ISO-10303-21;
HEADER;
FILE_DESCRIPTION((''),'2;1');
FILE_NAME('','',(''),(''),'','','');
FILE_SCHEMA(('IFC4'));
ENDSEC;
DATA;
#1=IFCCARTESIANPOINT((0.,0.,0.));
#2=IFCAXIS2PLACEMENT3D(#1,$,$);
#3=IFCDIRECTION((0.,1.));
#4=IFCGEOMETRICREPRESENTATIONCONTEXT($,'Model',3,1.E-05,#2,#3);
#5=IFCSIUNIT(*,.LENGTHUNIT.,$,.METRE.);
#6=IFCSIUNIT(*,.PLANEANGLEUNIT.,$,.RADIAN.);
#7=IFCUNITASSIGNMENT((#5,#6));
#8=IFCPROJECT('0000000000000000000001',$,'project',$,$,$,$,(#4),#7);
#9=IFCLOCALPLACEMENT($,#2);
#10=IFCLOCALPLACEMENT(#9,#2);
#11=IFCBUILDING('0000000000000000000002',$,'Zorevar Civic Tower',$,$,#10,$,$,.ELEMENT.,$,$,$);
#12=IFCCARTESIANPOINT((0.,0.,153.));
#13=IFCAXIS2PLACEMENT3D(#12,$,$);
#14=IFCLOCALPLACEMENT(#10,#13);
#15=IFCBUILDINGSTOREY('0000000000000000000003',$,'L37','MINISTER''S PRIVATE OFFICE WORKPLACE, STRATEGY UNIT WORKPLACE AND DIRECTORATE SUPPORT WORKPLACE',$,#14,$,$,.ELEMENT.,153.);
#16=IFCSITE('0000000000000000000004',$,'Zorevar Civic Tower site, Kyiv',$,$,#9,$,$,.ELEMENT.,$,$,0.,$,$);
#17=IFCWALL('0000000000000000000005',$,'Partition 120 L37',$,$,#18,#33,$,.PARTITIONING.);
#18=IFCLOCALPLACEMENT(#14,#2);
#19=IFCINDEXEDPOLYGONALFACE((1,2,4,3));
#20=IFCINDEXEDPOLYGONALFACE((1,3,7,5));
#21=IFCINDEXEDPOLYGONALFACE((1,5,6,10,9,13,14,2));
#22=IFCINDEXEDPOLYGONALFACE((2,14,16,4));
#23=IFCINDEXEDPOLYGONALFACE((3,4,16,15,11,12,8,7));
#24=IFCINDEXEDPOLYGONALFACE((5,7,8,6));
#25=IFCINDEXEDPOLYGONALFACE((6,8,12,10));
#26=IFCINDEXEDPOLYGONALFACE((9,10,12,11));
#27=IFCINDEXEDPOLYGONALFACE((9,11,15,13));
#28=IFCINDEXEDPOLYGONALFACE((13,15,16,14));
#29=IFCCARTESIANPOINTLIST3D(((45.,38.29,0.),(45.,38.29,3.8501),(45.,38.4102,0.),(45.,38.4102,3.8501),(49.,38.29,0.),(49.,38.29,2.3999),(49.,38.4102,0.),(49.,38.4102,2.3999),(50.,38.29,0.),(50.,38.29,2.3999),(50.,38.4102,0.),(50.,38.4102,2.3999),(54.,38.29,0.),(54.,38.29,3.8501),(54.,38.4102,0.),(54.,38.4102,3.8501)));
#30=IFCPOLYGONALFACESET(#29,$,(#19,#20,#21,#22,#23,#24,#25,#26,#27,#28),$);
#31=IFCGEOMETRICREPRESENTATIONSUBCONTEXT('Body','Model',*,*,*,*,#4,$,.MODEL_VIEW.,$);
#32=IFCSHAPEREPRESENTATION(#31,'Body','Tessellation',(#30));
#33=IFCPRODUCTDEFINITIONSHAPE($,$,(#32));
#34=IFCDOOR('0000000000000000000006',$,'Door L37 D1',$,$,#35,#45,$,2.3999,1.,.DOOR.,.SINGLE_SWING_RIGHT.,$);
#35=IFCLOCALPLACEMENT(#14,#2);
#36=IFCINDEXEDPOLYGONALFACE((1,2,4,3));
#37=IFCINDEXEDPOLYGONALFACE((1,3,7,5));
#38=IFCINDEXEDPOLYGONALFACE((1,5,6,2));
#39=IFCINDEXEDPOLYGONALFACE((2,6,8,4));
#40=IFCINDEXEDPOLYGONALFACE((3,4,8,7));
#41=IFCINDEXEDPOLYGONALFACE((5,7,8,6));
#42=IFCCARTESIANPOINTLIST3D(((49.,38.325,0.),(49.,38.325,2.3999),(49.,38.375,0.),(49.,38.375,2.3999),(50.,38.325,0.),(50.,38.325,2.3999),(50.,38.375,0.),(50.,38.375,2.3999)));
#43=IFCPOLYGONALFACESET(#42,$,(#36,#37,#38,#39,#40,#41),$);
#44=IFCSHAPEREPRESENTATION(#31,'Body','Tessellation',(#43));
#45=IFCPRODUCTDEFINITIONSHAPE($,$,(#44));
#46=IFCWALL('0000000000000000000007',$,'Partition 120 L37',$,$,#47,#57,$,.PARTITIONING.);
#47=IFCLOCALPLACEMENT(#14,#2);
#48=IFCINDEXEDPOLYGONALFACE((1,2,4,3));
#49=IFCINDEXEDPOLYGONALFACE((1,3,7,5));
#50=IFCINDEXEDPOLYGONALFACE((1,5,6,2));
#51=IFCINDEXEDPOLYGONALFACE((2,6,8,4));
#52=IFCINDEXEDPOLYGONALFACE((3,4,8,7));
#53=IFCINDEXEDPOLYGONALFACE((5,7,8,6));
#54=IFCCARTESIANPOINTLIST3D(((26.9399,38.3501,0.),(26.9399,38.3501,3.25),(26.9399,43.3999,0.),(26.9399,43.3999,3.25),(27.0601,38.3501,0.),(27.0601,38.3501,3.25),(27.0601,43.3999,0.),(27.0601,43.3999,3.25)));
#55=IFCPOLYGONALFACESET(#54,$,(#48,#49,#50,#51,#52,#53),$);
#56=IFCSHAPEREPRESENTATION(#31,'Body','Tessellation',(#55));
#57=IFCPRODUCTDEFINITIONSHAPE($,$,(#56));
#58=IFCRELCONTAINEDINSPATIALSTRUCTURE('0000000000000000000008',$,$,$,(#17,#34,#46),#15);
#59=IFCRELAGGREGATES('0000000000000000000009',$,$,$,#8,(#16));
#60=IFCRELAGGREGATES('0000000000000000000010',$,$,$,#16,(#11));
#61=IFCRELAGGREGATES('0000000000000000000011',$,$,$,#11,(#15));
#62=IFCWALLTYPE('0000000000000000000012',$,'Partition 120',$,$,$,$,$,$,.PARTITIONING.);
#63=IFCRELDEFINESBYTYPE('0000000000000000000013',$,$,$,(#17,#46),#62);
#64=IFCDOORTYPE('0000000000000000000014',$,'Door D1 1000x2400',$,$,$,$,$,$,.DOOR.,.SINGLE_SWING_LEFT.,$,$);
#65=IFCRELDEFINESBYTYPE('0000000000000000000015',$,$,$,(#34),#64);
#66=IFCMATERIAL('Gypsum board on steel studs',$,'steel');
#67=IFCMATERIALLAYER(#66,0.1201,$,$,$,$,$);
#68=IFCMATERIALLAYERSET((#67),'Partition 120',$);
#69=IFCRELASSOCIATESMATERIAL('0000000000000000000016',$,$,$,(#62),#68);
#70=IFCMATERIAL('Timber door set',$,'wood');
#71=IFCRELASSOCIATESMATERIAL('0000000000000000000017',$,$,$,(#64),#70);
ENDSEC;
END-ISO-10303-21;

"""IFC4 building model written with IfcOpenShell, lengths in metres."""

from ifc_helpers import new_model, si_unit, direction, frame, frame_2d, origin, place, context, subcontext, project, spatial, rectangle, extrude, material, layer, layer_set, type_object, element, fill, save


model = new_model("IFC4")

# Units and contexts
model_context = context("Model", 3, precision=1e-05, world=origin(), true_north=direction((0.0, 1.0)))
body_context = subcontext(model_context, "Body", "Model", "MODEL_VIEW")
ifc_project = project(units=[si_unit("LENGTHUNIT", "METRE"), si_unit("PLANEANGLEUNIT", "RADIAN")], contexts=[model_context])

# Site, building, storey
site_placement = place(None, origin())
site = spatial("IfcSite", under=ifc_project, at=site_placement, Name="Zorevar Civic Tower site, Kyiv", CompositionType="ELEMENT", RefElevation=0.0)
building_placement = place(site_placement, origin())
building = spatial("IfcBuilding", under=site, at=building_placement, Name="Zorevar Civic Tower", CompositionType="ELEMENT")
storey_placement = place(building_placement, frame((0.0, 0.0, 153.0)))
storey = spatial("IfcBuildingStorey", under=building, at=storey_placement, Name="L37", Description="MINISTER'S PRIVATE OFFICE WORKPLACE, STRATEGY UNIT WORKPLACE AND DIRECTORATE SUPPORT WORKPLACE", CompositionType="ELEMENT", Elevation=153.0)

# Wall, opening, door
ifc_material_1 = material(Name="Gypsum board on steel studs", Category="steel")
ifc_layer_1 = layer(ifc_material_1, 0.1201)
ifc_layer_set_1 = layer_set([ifc_layer_1], Name="Partition 120")
wall_type_1 = type_object("IfcWallType", Name="Partition 120", PredefinedType="PARTITIONING", material=ifc_layer_set_1)
ifc_material_2 = material(Name="Timber door set", Category="wood")
door_type_1 = type_object("IfcDoorType", Name="Door D1 1000x2400", OperationType="SINGLE_SWING_LEFT", PredefinedType="DOOR", material=ifc_material_2)
wall_1_placement = place(storey_placement, frame((45.0, 38.3501, 0.0), z_axis=(0.0, 0.0, 1.0), x_axis=(1.0, 0.0, 0.0)))
wall_1 = element("IfcWall", 1, at=wall_1_placement, inside=storey, type_object=wall_type_1, Name="Partition 120 L37", PredefinedType="PARTITIONING", context=body_context, shape_type="SweptSolid", body=[
    extrude(rectangle(XDim=9.0, YDim=0.1201, at=frame_2d((4.5, 0.0))), origin(), (0.0, 0.0, 1.0), 3.8501),
])
opening_1_placement = place(wall_1_placement, frame((4.0, 0.0, 0.0)))
opening_1 = element("IfcOpeningElement", 2, at=opening_1_placement, cuts=wall_1, PredefinedType="OPENING", context=body_context, shape_type="SweptSolid", body=[
    extrude(rectangle(XDim=1.0, YDim=2.3999, at=frame_2d((0.5, 1.2))), frame((0.0, 0.0701, 0.0), z_axis=(0.0, -1.0, 0.0), x_axis=(1.0, 0.0, 0.0)), (0.0, 0.0, 1.0), 0.1401),
])
door_1_placement = place(opening_1_placement, origin())
door_1 = element("IfcDoor", 3, at=door_1_placement, inside=storey, type_object=door_type_1, Name="Door L37 D1", OperationType="SINGLE_SWING_RIGHT", OverallHeight=2.3999, OverallWidth=1.0, PredefinedType="DOOR", context=body_context, shape_type="SweptSolid", body=[
    extrude(rectangle(XDim=1.0, YDim=2.3999, at=frame_2d((0.5, 1.2))), frame((0.0, 0.0249, 0.0), z_axis=(0.0, -1.0, 0.0), x_axis=(1.0, 0.0, 0.0)), (0.0, 0.0, 1.0), 0.05),
])
fill(opening_1, door_1)

# Wall
wall_2_placement = place(storey_placement, frame((27.0, 38.3501, 0.0), z_axis=(0.0, 0.0, 1.0), x_axis=(0.0, 1.0, 0.0)))
element("IfcWall", 4, at=wall_2_placement, inside=storey, type_object=wall_type_1, Name="Partition 120 L37", PredefinedType="PARTITIONING", context=body_context, shape_type="SweptSolid", body=[
    extrude(rectangle(XDim=5.0498, YDim=0.1201, at=frame_2d((2.5249, 0.0))), origin(), (0.0, 0.0, 1.0), 3.25),
])

save(model, "model.ifc")
